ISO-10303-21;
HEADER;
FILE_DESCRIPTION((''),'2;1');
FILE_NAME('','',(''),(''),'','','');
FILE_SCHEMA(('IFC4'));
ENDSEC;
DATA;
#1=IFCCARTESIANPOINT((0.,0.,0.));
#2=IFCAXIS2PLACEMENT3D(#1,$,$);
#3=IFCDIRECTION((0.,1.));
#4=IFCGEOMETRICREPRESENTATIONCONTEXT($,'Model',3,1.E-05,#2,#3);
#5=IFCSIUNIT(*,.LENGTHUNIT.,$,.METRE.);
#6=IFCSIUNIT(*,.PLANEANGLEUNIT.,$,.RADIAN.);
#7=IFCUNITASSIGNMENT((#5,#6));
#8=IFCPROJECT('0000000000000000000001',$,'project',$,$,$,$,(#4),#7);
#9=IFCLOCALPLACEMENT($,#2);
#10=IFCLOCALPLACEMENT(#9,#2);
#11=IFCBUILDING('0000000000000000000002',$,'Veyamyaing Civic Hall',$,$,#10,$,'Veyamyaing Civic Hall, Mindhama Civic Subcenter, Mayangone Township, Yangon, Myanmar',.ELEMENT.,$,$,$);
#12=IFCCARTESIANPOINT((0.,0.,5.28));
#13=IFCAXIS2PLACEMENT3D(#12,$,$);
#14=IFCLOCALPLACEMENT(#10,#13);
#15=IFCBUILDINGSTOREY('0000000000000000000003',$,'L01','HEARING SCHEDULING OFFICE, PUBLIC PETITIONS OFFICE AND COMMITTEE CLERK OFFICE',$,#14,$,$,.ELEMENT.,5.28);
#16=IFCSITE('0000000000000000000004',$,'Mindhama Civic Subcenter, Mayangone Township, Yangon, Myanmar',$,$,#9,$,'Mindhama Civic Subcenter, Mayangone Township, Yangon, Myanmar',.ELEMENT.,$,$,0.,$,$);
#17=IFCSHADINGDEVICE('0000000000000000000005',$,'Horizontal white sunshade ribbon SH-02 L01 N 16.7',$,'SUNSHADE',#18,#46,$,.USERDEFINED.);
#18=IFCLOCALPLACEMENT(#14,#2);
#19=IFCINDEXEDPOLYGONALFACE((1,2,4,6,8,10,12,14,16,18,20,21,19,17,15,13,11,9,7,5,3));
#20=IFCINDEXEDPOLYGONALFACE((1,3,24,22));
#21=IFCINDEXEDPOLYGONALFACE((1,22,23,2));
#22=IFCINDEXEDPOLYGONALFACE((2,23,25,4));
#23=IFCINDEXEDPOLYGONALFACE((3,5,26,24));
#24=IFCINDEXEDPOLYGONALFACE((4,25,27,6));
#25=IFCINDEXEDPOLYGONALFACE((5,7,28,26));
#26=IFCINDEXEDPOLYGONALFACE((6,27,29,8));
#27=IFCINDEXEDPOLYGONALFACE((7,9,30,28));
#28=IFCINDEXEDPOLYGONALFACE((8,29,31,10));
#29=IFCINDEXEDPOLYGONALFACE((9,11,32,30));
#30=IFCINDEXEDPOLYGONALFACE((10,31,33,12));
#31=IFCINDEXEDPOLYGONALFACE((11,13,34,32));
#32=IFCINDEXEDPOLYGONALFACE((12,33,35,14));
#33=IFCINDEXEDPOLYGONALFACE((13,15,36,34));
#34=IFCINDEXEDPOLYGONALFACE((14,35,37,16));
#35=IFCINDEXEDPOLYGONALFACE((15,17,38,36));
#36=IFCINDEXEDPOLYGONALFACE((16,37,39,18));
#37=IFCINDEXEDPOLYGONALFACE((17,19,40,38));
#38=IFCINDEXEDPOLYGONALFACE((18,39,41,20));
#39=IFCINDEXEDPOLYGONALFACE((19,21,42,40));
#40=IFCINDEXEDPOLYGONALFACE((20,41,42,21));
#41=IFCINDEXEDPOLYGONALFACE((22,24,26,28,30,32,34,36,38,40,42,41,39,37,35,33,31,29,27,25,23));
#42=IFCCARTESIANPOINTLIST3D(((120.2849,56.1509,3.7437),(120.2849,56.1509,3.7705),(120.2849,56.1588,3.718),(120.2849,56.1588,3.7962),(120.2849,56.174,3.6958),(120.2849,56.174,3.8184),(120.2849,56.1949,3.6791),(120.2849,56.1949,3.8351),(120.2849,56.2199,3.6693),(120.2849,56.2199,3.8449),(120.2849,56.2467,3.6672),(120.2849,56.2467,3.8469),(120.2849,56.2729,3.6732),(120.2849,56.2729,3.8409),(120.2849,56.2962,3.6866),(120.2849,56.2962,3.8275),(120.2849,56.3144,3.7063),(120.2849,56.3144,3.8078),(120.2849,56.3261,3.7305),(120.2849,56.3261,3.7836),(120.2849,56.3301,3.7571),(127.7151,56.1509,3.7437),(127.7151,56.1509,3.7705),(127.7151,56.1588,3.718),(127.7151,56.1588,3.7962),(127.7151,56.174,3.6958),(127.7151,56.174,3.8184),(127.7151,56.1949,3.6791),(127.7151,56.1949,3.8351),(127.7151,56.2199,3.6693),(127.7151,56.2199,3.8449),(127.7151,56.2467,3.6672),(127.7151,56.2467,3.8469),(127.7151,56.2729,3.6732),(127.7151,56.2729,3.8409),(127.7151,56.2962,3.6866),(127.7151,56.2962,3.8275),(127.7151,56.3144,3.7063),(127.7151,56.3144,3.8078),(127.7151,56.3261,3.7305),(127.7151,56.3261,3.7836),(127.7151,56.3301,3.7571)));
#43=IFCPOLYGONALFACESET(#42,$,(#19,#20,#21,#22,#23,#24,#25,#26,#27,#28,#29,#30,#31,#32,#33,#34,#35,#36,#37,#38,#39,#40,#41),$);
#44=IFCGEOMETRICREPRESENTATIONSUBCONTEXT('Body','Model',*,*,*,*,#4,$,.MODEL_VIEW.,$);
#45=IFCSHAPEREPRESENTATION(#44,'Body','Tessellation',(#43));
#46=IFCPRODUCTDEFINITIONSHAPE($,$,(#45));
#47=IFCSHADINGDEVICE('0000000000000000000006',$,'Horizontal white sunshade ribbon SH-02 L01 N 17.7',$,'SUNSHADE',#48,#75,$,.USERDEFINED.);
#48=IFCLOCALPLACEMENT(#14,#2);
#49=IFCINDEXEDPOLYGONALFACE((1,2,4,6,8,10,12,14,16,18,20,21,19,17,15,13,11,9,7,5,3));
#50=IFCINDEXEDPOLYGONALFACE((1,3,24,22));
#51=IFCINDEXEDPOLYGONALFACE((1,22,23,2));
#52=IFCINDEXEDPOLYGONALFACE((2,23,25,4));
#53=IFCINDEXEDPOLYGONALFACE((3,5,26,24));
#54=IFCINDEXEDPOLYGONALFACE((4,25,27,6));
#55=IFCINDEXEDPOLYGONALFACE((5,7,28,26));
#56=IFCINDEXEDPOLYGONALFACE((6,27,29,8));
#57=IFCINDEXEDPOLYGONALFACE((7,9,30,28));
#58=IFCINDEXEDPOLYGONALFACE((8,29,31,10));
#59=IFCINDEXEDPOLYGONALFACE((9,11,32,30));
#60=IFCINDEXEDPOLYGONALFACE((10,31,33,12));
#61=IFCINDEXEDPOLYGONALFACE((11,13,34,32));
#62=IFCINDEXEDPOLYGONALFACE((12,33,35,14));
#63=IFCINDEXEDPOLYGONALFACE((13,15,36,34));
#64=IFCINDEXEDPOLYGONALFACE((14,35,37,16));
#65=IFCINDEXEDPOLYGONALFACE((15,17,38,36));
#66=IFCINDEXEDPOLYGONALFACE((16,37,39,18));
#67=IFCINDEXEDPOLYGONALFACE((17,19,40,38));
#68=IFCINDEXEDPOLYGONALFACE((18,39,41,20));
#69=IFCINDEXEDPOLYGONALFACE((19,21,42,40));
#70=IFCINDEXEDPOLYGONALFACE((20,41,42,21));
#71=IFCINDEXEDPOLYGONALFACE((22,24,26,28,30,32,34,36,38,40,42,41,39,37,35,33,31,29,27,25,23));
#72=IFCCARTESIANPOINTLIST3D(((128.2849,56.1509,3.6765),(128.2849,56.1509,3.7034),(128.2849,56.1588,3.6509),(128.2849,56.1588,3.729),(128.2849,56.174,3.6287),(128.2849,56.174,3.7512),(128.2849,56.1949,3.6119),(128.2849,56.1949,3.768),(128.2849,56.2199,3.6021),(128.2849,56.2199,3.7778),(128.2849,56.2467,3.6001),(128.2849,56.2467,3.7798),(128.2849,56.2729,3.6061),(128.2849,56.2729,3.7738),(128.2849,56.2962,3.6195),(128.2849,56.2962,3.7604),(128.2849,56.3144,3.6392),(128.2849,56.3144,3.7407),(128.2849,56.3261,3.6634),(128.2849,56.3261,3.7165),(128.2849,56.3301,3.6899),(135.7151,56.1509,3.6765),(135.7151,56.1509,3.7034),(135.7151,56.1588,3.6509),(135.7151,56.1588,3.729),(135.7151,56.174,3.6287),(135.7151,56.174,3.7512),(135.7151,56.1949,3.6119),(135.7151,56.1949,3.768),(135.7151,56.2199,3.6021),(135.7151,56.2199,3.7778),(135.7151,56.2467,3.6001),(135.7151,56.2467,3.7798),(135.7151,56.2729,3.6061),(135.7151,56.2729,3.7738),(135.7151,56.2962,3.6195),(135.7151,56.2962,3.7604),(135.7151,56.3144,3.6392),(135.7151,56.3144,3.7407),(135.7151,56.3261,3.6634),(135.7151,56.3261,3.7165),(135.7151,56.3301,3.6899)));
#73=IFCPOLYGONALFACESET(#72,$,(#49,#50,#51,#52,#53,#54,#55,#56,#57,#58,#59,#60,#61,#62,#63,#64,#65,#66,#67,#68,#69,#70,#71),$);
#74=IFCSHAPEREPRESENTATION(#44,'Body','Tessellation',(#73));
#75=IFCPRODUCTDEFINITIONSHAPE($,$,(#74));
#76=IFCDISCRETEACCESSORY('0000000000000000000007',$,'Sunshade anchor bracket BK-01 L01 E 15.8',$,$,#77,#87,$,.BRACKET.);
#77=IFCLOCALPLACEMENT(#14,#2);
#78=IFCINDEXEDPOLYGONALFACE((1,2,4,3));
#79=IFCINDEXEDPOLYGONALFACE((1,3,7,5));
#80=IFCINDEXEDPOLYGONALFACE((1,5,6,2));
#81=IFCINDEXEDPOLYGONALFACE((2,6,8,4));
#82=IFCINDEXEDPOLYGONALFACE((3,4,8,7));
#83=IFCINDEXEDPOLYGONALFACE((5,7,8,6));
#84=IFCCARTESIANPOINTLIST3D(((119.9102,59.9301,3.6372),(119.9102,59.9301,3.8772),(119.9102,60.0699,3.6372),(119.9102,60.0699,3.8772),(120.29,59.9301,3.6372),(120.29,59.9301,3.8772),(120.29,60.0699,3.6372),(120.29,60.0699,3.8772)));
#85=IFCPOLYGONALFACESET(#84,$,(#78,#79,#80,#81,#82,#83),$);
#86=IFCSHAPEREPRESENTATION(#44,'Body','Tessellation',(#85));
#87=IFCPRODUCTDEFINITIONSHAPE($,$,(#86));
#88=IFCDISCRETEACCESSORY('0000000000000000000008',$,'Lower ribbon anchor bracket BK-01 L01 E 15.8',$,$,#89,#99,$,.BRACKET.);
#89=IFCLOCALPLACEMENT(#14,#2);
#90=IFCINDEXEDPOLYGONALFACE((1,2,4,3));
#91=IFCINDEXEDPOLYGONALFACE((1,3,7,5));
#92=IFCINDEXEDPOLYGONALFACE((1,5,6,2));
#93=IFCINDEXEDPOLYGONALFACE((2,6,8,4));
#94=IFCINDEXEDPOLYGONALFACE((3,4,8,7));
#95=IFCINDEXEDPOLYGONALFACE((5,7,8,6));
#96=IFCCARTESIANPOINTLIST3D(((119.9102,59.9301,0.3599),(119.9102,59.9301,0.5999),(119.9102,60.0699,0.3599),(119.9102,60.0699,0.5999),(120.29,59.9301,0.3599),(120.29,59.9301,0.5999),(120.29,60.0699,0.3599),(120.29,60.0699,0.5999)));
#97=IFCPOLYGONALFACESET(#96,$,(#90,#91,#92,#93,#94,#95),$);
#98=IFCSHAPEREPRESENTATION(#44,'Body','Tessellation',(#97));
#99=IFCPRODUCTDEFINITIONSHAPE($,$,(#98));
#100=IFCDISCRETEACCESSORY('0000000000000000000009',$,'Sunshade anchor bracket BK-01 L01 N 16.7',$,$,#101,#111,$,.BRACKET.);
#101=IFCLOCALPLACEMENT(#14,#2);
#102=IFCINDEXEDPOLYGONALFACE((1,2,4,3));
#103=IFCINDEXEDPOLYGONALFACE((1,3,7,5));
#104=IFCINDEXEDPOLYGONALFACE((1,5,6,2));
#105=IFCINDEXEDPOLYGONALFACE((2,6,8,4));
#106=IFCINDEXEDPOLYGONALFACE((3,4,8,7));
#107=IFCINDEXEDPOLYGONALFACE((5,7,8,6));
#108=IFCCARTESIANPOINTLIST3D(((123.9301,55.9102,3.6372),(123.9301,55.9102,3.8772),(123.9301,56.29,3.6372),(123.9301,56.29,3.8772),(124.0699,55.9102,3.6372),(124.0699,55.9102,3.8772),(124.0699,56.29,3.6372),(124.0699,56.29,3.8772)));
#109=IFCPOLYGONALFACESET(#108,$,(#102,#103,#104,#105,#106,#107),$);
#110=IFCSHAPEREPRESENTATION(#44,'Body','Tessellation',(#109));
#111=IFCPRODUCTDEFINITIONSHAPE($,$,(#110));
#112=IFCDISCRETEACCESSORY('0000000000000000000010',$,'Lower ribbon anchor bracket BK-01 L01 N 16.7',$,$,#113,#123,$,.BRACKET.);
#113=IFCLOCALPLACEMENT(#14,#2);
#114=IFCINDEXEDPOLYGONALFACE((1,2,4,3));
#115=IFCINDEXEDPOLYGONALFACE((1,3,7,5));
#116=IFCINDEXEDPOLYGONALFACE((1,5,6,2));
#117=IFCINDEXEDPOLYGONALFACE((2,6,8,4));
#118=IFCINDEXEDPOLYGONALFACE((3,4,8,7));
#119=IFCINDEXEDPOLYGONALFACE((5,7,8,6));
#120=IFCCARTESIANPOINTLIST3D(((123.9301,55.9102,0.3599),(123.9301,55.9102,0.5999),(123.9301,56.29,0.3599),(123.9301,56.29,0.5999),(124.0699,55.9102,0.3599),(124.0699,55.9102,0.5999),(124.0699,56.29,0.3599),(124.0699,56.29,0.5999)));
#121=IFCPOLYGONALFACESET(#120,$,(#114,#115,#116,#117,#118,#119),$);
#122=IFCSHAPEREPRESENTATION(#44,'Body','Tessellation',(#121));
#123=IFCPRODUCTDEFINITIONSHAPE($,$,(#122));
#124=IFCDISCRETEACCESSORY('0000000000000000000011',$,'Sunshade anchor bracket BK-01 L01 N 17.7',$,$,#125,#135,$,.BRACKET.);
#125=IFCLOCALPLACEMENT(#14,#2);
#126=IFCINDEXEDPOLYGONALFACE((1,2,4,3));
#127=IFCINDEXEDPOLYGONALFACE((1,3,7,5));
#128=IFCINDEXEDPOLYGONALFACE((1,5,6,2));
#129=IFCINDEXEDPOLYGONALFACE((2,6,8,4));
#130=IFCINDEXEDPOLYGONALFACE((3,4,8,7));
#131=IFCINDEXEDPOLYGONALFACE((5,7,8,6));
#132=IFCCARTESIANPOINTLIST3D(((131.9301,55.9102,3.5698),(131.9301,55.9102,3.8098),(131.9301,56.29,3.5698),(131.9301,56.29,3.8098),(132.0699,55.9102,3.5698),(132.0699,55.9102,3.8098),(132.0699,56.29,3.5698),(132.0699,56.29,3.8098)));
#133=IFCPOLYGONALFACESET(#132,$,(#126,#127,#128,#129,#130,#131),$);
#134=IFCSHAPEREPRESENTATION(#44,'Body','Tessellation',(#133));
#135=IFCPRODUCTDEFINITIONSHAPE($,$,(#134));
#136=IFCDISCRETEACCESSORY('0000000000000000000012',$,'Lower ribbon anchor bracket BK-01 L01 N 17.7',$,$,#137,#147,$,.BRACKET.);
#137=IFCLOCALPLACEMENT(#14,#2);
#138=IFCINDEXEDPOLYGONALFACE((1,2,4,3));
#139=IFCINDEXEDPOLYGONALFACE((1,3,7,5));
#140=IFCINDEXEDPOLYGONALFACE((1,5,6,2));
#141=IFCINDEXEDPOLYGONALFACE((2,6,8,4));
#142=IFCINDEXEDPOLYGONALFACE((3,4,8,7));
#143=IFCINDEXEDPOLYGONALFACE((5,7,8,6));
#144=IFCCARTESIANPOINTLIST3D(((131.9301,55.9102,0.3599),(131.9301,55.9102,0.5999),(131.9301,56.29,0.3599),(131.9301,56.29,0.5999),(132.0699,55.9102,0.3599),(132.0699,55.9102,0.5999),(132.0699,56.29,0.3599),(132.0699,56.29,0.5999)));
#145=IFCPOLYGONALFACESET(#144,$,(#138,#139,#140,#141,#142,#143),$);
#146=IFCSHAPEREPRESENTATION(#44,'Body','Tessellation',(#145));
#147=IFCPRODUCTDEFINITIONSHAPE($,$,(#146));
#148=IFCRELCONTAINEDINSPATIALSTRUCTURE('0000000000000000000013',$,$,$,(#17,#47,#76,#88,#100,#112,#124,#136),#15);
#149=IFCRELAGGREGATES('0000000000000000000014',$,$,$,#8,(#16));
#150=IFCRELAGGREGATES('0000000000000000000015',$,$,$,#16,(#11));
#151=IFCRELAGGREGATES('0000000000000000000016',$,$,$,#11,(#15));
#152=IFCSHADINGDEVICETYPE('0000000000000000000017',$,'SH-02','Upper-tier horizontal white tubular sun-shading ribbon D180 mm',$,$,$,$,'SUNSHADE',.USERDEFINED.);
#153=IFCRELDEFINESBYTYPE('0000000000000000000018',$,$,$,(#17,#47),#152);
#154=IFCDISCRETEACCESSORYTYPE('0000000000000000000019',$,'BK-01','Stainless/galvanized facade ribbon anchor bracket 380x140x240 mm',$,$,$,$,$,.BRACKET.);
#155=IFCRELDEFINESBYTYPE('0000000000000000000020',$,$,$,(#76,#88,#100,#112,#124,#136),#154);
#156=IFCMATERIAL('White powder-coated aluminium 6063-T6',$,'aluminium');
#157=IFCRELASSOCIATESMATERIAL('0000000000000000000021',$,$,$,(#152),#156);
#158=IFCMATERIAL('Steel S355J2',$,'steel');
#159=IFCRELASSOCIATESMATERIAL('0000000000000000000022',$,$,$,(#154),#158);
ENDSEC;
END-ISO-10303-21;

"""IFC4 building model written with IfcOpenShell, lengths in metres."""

from ifc_helpers import new_model, si_unit, direction, frame, origin, origin_2d, place, context, subcontext, project, spatial, rectangle, circle, extrude, material, material_profile, profile_set, type_object, element, save


model = new_model("IFC4")

# Units and contexts
model_context = context("Model", 3, precision=1e-05, world=origin(), true_north=direction((0.0, 1.0)))
body_context = subcontext(model_context, "Body", "Model", "MODEL_VIEW")
ifc_project = project(units=[si_unit("LENGTHUNIT", "METRE"), si_unit("PLANEANGLEUNIT", "RADIAN")], contexts=[model_context])

# Site, building, storey
site_placement = place(None, origin())
site = spatial("IfcSite", under=ifc_project, at=site_placement, Name="Mindhama Civic Subcenter, Mayangone Township, Yangon, Myanmar", LongName="Mindhama Civic Subcenter, Mayangone Township, Yangon, Myanmar", CompositionType="ELEMENT", RefElevation=0.0)
building_placement = place(site_placement, origin())
building = spatial("IfcBuilding", under=site, at=building_placement, Name="Veyamyaing Civic Hall", LongName="Veyamyaing Civic Hall, Mindhama Civic Subcenter, Mayangone Township, Yangon, Myanmar", CompositionType="ELEMENT")
storey_placement = place(building_placement, frame((0.0, 0.0, 5.28)))
storey = spatial("IfcBuildingStorey", under=building, at=storey_placement, Name="L01", Description="HEARING SCHEDULING OFFICE, PUBLIC PETITIONS OFFICE AND COMMITTEE CLERK OFFICE", CompositionType="ELEMENT", Elevation=5.28)

# Shared definitions
ifc_material_1 = material(Name="White powder-coated aluminium 6063-T6", Category="aluminium")

# Shading devices
ifc_material_profile_1 = material_profile(ifc_material_1, circle(Radius=0.0901, at=origin_2d()), Name="SHADE-TUBE-180")
ifc_profile_set_1 = profile_set([ifc_material_profile_1], Name="White powder-coated aluminium 6063-T6")
shading_device_type_1 = type_object("IfcShadingDeviceType", Name="SH-02", Description="Upper-tier horizontal white tubular sun-shading ribbon D180 mm", ElementType="SUNSHADE", PredefinedType="USERDEFINED", material=ifc_profile_set_1)
for number, where, z_axis, x_axis, name in (
    (1, (120.2849, 56.24, 3.7571), (1.0, 0.0, 0.0), (0.0, 1.0, 0.0), "Horizontal white sunshade ribbon SH-02 L01 N 16.7"),
    (2, (128.2849, 56.24, 3.6899), (1.0, 0.0, 0.0), (0.0, 1.0, 0.0), "Horizontal white sunshade ribbon SH-02 L01 N 17.7"),
):
    element("IfcShadingDevice", number, at=place(storey_placement, frame(where, z_axis=z_axis, x_axis=x_axis)), inside=storey, type_object=shading_device_type_1, Name=name, ObjectType="SUNSHADE", PredefinedType="USERDEFINED", context=body_context, shape_type="SweptSolid", body=[
        extrude(circle(Radius=0.0901, at=origin_2d()), origin(), (0.0, 0.0, 1.0), 7.4302),
    ])

# Discrete accessories
ifc_material_2 = material(Name="Steel S355J2", Category="steel")
discrete_accessory_type = type_object("IfcDiscreteAccessoryType", Name="BK-01", Description="Stainless/galvanized facade ribbon anchor bracket 380x140x240 mm", PredefinedType="BRACKET", material=ifc_material_2)
for number, where, z_axis, x_axis, name in (
    (3, (120.1001, 60.0, 3.6372), (0.0, 0.0, 1.0), (1.0, 0.0, 0.0), "Sunshade anchor bracket BK-01 L01 E 15.8"),
    (4, (120.1001, 60.0, 0.3599), (0.0, 0.0, 1.0), (1.0, 0.0, 0.0), "Lower ribbon anchor bracket BK-01 L01 E 15.8"),
    (5, (124.0, 56.1001, 3.6372), (0.0, 0.0, 1.0), (0.0, 1.0, 0.0), "Sunshade anchor bracket BK-01 L01 N 16.7"),
    (6, (124.0, 56.1001, 0.3599), (0.0, 0.0, 1.0), (0.0, 1.0, 0.0), "Lower ribbon anchor bracket BK-01 L01 N 16.7"),
    (7, (132.0, 56.1001, 3.5698), (0.0, 0.0, 1.0), (0.0, 1.0, 0.0), "Sunshade anchor bracket BK-01 L01 N 17.7"),
    (8, (132.0, 56.1001, 0.3599), (0.0, 0.0, 1.0), (0.0, 1.0, 0.0), "Lower ribbon anchor bracket BK-01 L01 N 17.7"),
):
    element("IfcDiscreteAccessory", number, at=place(storey_placement, frame(where, z_axis=z_axis, x_axis=x_axis)), inside=storey, type_object=discrete_accessory_type, Name=name, PredefinedType="BRACKET", context=body_context, shape_type="SweptSolid", body=[
        extrude(rectangle(XDim=0.3799, YDim=0.1399, at=origin_2d()), origin(), (0.0, 0.0, 1.0), 0.24),
    ])

save(model, "model.ifc")
